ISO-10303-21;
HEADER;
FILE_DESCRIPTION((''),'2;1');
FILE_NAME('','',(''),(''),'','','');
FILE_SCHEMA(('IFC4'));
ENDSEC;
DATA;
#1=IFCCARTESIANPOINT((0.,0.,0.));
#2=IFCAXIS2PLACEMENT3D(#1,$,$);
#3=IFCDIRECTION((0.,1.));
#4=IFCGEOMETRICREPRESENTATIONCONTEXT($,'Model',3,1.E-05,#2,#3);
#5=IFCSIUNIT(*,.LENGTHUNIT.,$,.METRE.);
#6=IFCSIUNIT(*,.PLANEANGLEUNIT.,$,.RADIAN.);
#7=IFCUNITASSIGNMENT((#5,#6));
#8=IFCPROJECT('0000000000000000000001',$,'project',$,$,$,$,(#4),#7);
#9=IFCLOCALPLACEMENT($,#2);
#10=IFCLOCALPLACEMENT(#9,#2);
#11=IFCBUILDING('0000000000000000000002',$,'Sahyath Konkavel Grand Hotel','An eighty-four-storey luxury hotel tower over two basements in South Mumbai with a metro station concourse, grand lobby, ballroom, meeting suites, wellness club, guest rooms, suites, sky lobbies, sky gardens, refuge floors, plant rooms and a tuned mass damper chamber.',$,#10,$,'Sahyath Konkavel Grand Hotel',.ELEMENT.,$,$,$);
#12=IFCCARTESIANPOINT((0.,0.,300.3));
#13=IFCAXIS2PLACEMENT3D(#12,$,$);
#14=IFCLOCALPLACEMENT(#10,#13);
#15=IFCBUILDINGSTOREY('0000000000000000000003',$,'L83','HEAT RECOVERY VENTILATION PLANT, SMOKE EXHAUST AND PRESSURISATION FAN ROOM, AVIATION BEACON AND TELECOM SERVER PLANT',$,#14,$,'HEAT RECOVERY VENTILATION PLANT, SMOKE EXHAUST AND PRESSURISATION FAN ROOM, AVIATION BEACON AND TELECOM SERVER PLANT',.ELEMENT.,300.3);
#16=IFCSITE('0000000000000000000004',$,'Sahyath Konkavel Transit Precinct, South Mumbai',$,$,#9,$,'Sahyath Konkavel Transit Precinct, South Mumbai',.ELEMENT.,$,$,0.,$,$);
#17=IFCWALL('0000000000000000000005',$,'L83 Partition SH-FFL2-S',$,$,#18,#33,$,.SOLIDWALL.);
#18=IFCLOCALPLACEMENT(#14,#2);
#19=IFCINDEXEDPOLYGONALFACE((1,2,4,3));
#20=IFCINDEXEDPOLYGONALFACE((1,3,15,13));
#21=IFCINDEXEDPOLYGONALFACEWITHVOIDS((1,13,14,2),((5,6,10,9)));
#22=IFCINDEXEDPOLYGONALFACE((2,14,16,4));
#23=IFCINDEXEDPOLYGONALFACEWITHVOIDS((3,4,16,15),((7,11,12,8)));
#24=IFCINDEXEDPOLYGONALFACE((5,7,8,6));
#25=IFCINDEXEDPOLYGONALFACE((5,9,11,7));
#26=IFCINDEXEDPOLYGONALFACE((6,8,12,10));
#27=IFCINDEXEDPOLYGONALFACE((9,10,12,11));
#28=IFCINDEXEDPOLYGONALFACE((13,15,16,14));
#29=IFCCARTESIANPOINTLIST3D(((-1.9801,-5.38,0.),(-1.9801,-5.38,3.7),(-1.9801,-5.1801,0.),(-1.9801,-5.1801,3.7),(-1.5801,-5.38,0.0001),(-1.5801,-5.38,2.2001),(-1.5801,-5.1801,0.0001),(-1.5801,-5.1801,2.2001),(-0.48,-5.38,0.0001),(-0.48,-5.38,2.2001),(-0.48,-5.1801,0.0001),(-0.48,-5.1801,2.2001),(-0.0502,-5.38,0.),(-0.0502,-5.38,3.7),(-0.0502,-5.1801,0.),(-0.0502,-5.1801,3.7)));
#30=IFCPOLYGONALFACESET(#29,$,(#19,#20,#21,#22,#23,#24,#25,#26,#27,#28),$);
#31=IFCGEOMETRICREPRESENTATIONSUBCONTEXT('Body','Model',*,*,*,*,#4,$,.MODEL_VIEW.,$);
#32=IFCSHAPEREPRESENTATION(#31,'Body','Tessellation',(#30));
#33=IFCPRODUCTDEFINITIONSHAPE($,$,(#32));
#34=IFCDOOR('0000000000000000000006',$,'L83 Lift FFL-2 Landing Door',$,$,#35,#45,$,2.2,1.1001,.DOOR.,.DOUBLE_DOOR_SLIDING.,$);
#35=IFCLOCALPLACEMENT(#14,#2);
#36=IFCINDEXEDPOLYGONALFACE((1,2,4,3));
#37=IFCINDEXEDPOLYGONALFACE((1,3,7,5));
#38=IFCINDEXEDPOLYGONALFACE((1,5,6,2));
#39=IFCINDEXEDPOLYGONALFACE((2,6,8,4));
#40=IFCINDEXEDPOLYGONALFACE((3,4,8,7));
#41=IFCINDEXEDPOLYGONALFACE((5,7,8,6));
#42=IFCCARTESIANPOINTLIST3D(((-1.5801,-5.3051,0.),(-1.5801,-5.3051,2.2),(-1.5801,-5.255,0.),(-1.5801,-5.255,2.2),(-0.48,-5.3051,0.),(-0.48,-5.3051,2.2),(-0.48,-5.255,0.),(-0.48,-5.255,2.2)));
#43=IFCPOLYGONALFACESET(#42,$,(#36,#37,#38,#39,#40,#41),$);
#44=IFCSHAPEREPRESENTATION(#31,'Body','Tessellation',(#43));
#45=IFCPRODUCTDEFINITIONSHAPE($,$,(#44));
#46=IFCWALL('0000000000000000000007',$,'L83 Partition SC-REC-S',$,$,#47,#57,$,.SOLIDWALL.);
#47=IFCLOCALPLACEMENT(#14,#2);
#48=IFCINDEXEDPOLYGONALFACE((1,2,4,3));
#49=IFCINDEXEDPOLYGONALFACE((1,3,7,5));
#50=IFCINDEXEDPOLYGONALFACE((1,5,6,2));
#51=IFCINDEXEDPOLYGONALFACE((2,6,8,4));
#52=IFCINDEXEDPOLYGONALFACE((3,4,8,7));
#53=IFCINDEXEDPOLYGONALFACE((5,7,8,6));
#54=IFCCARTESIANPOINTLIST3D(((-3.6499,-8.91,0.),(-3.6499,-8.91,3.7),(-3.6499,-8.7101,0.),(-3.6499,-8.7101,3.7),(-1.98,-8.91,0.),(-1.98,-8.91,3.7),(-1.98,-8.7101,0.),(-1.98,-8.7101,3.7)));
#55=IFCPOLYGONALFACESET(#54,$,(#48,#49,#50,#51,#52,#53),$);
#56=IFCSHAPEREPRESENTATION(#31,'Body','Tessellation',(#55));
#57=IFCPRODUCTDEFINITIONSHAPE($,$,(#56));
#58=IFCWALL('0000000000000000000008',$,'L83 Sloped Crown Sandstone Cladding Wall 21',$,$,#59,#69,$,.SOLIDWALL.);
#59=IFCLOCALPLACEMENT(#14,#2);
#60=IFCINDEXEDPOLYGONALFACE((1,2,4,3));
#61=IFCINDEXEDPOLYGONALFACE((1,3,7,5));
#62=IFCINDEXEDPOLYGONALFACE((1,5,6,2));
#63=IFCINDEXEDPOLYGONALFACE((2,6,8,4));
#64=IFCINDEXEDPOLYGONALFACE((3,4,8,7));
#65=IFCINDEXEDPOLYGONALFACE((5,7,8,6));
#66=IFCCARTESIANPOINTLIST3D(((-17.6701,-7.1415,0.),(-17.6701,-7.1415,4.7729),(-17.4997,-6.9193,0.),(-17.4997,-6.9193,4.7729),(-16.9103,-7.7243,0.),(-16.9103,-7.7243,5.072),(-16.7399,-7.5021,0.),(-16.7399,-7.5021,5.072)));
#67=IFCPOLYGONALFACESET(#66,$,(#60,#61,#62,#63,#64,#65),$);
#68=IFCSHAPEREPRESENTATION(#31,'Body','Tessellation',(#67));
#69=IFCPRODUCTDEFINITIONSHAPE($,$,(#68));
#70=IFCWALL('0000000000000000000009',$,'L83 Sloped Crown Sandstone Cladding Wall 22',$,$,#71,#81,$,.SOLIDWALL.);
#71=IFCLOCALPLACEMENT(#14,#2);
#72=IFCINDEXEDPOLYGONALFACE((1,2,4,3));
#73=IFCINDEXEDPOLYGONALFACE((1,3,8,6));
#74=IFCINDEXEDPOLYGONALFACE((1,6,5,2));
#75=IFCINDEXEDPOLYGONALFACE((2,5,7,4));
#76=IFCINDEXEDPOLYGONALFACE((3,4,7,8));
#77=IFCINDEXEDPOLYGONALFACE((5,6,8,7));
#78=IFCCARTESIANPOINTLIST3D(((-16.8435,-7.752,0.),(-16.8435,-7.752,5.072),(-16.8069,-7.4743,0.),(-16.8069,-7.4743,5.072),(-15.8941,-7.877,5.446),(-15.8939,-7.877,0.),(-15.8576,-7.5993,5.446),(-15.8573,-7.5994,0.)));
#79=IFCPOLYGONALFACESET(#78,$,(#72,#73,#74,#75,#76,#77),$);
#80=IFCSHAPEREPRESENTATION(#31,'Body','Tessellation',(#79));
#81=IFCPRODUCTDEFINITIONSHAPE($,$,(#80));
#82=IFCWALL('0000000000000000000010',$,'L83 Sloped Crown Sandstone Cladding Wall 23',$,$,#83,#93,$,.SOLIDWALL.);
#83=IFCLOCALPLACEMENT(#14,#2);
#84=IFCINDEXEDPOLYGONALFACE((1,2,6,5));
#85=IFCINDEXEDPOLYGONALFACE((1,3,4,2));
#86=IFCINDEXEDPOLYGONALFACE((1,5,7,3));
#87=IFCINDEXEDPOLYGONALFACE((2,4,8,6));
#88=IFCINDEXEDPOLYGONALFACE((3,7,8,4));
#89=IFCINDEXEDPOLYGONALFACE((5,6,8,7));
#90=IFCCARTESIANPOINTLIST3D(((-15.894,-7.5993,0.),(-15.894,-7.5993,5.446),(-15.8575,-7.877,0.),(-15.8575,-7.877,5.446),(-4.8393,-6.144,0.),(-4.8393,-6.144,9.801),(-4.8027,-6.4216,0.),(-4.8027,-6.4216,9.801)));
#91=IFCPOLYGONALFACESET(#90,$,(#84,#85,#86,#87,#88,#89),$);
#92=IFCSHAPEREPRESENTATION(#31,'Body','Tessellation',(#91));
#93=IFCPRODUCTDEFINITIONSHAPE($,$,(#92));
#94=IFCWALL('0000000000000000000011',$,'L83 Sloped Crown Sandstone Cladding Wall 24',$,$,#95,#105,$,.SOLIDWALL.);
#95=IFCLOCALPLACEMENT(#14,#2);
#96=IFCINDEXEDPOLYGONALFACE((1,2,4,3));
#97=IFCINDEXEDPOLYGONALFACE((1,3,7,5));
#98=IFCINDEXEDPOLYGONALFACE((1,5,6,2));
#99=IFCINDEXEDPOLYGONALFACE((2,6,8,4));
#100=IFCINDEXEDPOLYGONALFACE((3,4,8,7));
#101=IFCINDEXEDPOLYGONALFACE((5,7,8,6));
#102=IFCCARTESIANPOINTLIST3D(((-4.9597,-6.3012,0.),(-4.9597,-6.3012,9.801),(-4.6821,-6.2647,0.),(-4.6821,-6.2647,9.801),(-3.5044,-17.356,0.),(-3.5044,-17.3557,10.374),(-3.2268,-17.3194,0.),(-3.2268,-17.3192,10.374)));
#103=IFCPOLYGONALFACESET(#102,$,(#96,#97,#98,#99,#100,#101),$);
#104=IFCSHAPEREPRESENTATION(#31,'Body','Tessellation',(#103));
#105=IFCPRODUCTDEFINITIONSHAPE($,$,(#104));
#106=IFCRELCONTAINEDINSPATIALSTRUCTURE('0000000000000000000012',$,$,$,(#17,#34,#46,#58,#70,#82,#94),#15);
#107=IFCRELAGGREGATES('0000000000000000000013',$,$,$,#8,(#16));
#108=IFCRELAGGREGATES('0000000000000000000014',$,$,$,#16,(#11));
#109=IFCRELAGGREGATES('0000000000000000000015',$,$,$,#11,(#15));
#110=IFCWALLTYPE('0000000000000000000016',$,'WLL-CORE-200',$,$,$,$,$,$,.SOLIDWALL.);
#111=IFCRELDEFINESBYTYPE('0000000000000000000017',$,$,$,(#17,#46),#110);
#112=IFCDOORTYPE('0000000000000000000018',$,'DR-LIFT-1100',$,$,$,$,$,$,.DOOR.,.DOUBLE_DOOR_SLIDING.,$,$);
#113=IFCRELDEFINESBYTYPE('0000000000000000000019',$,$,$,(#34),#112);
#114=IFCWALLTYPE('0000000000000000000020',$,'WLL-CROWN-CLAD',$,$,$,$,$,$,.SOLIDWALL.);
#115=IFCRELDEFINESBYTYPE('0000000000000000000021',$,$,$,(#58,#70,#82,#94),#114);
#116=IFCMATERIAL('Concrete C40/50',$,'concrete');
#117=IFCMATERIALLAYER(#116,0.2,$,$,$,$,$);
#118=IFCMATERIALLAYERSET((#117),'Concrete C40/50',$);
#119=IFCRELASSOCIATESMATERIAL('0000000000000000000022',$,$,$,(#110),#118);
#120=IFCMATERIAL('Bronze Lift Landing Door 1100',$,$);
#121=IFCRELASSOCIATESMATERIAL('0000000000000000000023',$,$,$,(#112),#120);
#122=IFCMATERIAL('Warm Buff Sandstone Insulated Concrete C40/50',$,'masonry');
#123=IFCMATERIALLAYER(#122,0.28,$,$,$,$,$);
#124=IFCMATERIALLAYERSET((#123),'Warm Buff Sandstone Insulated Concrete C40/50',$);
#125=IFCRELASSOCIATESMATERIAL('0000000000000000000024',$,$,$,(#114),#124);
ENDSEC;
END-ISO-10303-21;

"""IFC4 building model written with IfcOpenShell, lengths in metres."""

from ifc_helpers import new_model, si_unit, direction, frame, frame_2d, origin, origin_2d, place, context, subcontext, project, spatial, polyline, rectangle, outline, extrude, source, transform, mapped, material, layer, layer_set, type_object, element, fill, save


model = new_model("IFC4")

# Units and contexts
model_context = context("Model", 3, precision=1e-05, world=origin(), true_north=direction((0.0, 1.0)))
body_context = subcontext(model_context, "Body", "Model", "MODEL_VIEW")
ifc_project = project(units=[si_unit("LENGTHUNIT", "METRE"), si_unit("PLANEANGLEUNIT", "RADIAN")], contexts=[model_context])

# Site, building, storey
site_placement = place(None, origin())
site = spatial("IfcSite", under=ifc_project, at=site_placement, Name="Sahyath Konkavel Transit Precinct, South Mumbai", LongName="Sahyath Konkavel Transit Precinct, South Mumbai", CompositionType="ELEMENT", RefElevation=0.0)
building_placement = place(site_placement, origin())
building = spatial("IfcBuilding", under=site, at=building_placement, Name="Sahyath Konkavel Grand Hotel", Description="An eighty-four-storey luxury hotel tower over two basements in South Mumbai with a metro station concourse, grand lobby, ballroom, meeting suites, wellness club, guest rooms, suites, sky lobbies, sky gardens, refuge floors, plant rooms and a tuned mass damper chamber.", LongName="Sahyath Konkavel Grand Hotel", CompositionType="ELEMENT")
storey_placement = place(building_placement, frame((0.0, 0.0, 300.3)))
storey = spatial("IfcBuildingStorey", under=building, at=storey_placement, Name="L83", Description="HEAT RECOVERY VENTILATION PLANT, SMOKE EXHAUST AND PRESSURISATION FAN ROOM, AVIATION BEACON AND TELECOM SERVER PLANT", LongName="HEAT RECOVERY VENTILATION PLANT, SMOKE EXHAUST AND PRESSURISATION FAN ROOM, AVIATION BEACON AND TELECOM SERVER PLANT", CompositionType="ELEMENT", Elevation=300.3)

# Shared definitions
ifc_material_1 = material(Name="Concrete C40/50", Category="concrete")

# Shared definitions
ifc_material_2 = material(Name="Warm Buff Sandstone Insulated Concrete C40/50", Category="masonry")

# Shared definitions
ifc_layer_1 = layer(ifc_material_1, 0.2)
ifc_layer_set_1 = layer_set([ifc_layer_1], Name="Concrete C40/50")
wall_type_1 = type_object("IfcWallType", Name="WLL-CORE-200", PredefinedType="SOLIDWALL", material=ifc_layer_set_1)

# Wall, opening, door
wall_1_placement = place(storey_placement, frame((-1.98, -5.28, 0.0), z_axis=(0.0, 0.0, 1.0), x_axis=(1.0, 0.0, 0.0)))
wall_1 = element("IfcWall", 1, at=wall_1_placement, inside=storey, type_object=wall_type_1, Name="L83 Partition SH-FFL2-S", PredefinedType="SOLIDWALL", context=body_context, shape_type="SweptSolid", body=[
    extrude(rectangle(XDim=1.9299, YDim=0.2, at=frame_2d((0.9648, 0.0))), origin(), (0.0, 0.0, 1.0), 3.7),
])
opening_1_placement = place(wall_1_placement, frame((0.3999, 0.0, 0.0)))
opening_1 = element("IfcOpeningElement", 2, at=opening_1_placement, cuts=wall_1, PredefinedType="OPENING", context=body_context, shape_type="SweptSolid", body=[
    extrude(rectangle(XDim=1.1001, YDim=2.2, at=frame_2d((0.55, 1.1001))), frame((0.0, 0.1099, 0.0), z_axis=(0.0, -1.0, 0.0), x_axis=(1.0, 0.0, 0.0)), (0.0, 0.0, 1.0), 0.22),
])
ifc_material_3 = material(Name="Bronze Lift Landing Door 1100")
door_type_1 = type_object("IfcDoorType", Name="DR-LIFT-1100", OperationType="DOUBLE_DOOR_SLIDING", PredefinedType="DOOR", material=ifc_material_3)
shared_shape_1 = source(origin(), body_context, "Body", "SweptSolid", [
    extrude(rectangle(XDim=1.1001, YDim=0.05, at=origin_2d()), origin(), (0.0, 0.0, 1.0), 2.2),
])
door_1_placement = place(opening_1_placement, frame((0.55, 0.0, 0.0)))
door_1 = element("IfcDoor", 3, at=door_1_placement, inside=storey, type_object=door_type_1, Name="L83 Lift FFL-2 Landing Door", OperationType="DOUBLE_DOOR_SLIDING", OverallHeight=2.2, OverallWidth=1.1001, PredefinedType="DOOR", context=body_context, shape_type="MappedRepresentation", body=[
    mapped(shared_shape_1, transform((0.0, 0.0, 0.0), scale=1.0)),
])
fill(opening_1, door_1)

# Walls
wall_2_placement = place(storey_placement, frame((-3.6499, -8.8101, 0.0), z_axis=(0.0, 0.0, 1.0), x_axis=(1.0, 0.0, 0.0)))
element("IfcWall", 4, at=wall_2_placement, inside=storey, type_object=wall_type_1, Name="L83 Partition SC-REC-S", PredefinedType="SOLIDWALL", context=body_context, shape_type="SweptSolid", body=[
    extrude(rectangle(XDim=1.6699, YDim=0.2, at=frame_2d((0.835, 0.0))), origin(), (0.0, 0.0, 1.0), 3.7),
])
ifc_layer_2 = layer(ifc_material_2, 0.28)
ifc_layer_set_2 = layer_set([ifc_layer_2], Name="Warm Buff Sandstone Insulated Concrete C40/50")
wall_type_2 = type_object("IfcWallType", Name="WLL-CROWN-CLAD", PredefinedType="SOLIDWALL", material=ifc_layer_set_2)
wall_3_placement = place(storey_placement, frame((-17.585, -7.0305, 0.0), z_axis=(0.0, 0.0, 1.0), x_axis=(0.793467, -0.608614, 0.0)))
element("IfcWall", 5, at=wall_3_placement, inside=storey, type_object=wall_type_2, Name="L83 Sloped Crown Sandstone Cladding Wall 21", PredefinedType="SOLIDWALL", context=body_context, shape_type="SweptSolid", body=[
    extrude(outline(polyline([(0.0, 0.0), (0.9575, 0.0), (0.9575, 5.072), (0.0, 4.7729), (0.0, 0.0)])), frame((0.0, 0.1401, 0.0), z_axis=(0.0, -1.0, 0.0), x_axis=(1.0, 0.0, 0.0)), (0.0, 0.0, 1.0), 0.28),
])
wall_4_placement = place(storey_placement, frame((-16.8252, -7.6133, 0.0), z_axis=(0.0, 0.0, 1.0), x_axis=(0.991445, -0.130527, 0.0)))
element("IfcWall", 6, at=wall_4_placement, inside=storey, type_object=wall_type_2, Name="L83 Sloped Crown Sandstone Cladding Wall 22", PredefinedType="SOLIDWALL", context=body_context, shape_type="SweptSolid", body=[
    extrude(outline(polyline([(0.0, 0.0), (0.9578, 0.0), (0.9575, 5.446), (0.0, 5.072), (0.0, 0.0)])), frame((0.0, 0.1401, 0.0), z_axis=(0.0, -1.0, 0.0), x_axis=(1.0, 0.0, 0.0)), (0.0, 0.0, 1.0), 0.28),
])
wall_5_placement = place(storey_placement, frame((-15.8757, -7.7383, 0.0), z_axis=(0.0, 0.0, 1.0), x_axis=(0.991445, 0.130521, 0.0)))
element("IfcWall", 7, at=wall_5_placement, inside=storey, type_object=wall_type_2, Name="L83 Sloped Crown Sandstone Cladding Wall 23", PredefinedType="SOLIDWALL", context=body_context, shape_type="SweptSolid", body=[
    extrude(outline(polyline([(0.0, 0.0), (11.1501, 0.0), (11.1501, 9.801), (0.0, 5.446), (0.0, 0.0)])), frame((0.0, 0.1401, 0.0), z_axis=(0.0, -1.0, 0.0), x_axis=(1.0, 0.0, 0.0)), (0.0, 0.0, 1.0), 0.28),
])
wall_6_placement = place(storey_placement, frame((-4.821, -6.283, 0.0), z_axis=(0.0, 0.0, 1.0), x_axis=(0.130521, -0.991445, 0.0)))
element("IfcWall", 8, at=wall_6_placement, inside=storey, type_object=wall_type_2, Name="L83 Sloped Crown Sandstone Cladding Wall 24", PredefinedType="SOLIDWALL", context=body_context, shape_type="SweptSolid", body=[
    extrude(outline(polyline([(0.0, 0.0), (11.1501, 0.0), (11.1499, 10.374), (0.0, 9.801), (0.0, 0.0)])), frame((0.0, 0.1401, 0.0), z_axis=(0.0, -1.0, 0.0), x_axis=(1.0, 0.0, 0.0)), (0.0, 0.0, 1.0), 0.28),
])

save(model, "model.ifc")
